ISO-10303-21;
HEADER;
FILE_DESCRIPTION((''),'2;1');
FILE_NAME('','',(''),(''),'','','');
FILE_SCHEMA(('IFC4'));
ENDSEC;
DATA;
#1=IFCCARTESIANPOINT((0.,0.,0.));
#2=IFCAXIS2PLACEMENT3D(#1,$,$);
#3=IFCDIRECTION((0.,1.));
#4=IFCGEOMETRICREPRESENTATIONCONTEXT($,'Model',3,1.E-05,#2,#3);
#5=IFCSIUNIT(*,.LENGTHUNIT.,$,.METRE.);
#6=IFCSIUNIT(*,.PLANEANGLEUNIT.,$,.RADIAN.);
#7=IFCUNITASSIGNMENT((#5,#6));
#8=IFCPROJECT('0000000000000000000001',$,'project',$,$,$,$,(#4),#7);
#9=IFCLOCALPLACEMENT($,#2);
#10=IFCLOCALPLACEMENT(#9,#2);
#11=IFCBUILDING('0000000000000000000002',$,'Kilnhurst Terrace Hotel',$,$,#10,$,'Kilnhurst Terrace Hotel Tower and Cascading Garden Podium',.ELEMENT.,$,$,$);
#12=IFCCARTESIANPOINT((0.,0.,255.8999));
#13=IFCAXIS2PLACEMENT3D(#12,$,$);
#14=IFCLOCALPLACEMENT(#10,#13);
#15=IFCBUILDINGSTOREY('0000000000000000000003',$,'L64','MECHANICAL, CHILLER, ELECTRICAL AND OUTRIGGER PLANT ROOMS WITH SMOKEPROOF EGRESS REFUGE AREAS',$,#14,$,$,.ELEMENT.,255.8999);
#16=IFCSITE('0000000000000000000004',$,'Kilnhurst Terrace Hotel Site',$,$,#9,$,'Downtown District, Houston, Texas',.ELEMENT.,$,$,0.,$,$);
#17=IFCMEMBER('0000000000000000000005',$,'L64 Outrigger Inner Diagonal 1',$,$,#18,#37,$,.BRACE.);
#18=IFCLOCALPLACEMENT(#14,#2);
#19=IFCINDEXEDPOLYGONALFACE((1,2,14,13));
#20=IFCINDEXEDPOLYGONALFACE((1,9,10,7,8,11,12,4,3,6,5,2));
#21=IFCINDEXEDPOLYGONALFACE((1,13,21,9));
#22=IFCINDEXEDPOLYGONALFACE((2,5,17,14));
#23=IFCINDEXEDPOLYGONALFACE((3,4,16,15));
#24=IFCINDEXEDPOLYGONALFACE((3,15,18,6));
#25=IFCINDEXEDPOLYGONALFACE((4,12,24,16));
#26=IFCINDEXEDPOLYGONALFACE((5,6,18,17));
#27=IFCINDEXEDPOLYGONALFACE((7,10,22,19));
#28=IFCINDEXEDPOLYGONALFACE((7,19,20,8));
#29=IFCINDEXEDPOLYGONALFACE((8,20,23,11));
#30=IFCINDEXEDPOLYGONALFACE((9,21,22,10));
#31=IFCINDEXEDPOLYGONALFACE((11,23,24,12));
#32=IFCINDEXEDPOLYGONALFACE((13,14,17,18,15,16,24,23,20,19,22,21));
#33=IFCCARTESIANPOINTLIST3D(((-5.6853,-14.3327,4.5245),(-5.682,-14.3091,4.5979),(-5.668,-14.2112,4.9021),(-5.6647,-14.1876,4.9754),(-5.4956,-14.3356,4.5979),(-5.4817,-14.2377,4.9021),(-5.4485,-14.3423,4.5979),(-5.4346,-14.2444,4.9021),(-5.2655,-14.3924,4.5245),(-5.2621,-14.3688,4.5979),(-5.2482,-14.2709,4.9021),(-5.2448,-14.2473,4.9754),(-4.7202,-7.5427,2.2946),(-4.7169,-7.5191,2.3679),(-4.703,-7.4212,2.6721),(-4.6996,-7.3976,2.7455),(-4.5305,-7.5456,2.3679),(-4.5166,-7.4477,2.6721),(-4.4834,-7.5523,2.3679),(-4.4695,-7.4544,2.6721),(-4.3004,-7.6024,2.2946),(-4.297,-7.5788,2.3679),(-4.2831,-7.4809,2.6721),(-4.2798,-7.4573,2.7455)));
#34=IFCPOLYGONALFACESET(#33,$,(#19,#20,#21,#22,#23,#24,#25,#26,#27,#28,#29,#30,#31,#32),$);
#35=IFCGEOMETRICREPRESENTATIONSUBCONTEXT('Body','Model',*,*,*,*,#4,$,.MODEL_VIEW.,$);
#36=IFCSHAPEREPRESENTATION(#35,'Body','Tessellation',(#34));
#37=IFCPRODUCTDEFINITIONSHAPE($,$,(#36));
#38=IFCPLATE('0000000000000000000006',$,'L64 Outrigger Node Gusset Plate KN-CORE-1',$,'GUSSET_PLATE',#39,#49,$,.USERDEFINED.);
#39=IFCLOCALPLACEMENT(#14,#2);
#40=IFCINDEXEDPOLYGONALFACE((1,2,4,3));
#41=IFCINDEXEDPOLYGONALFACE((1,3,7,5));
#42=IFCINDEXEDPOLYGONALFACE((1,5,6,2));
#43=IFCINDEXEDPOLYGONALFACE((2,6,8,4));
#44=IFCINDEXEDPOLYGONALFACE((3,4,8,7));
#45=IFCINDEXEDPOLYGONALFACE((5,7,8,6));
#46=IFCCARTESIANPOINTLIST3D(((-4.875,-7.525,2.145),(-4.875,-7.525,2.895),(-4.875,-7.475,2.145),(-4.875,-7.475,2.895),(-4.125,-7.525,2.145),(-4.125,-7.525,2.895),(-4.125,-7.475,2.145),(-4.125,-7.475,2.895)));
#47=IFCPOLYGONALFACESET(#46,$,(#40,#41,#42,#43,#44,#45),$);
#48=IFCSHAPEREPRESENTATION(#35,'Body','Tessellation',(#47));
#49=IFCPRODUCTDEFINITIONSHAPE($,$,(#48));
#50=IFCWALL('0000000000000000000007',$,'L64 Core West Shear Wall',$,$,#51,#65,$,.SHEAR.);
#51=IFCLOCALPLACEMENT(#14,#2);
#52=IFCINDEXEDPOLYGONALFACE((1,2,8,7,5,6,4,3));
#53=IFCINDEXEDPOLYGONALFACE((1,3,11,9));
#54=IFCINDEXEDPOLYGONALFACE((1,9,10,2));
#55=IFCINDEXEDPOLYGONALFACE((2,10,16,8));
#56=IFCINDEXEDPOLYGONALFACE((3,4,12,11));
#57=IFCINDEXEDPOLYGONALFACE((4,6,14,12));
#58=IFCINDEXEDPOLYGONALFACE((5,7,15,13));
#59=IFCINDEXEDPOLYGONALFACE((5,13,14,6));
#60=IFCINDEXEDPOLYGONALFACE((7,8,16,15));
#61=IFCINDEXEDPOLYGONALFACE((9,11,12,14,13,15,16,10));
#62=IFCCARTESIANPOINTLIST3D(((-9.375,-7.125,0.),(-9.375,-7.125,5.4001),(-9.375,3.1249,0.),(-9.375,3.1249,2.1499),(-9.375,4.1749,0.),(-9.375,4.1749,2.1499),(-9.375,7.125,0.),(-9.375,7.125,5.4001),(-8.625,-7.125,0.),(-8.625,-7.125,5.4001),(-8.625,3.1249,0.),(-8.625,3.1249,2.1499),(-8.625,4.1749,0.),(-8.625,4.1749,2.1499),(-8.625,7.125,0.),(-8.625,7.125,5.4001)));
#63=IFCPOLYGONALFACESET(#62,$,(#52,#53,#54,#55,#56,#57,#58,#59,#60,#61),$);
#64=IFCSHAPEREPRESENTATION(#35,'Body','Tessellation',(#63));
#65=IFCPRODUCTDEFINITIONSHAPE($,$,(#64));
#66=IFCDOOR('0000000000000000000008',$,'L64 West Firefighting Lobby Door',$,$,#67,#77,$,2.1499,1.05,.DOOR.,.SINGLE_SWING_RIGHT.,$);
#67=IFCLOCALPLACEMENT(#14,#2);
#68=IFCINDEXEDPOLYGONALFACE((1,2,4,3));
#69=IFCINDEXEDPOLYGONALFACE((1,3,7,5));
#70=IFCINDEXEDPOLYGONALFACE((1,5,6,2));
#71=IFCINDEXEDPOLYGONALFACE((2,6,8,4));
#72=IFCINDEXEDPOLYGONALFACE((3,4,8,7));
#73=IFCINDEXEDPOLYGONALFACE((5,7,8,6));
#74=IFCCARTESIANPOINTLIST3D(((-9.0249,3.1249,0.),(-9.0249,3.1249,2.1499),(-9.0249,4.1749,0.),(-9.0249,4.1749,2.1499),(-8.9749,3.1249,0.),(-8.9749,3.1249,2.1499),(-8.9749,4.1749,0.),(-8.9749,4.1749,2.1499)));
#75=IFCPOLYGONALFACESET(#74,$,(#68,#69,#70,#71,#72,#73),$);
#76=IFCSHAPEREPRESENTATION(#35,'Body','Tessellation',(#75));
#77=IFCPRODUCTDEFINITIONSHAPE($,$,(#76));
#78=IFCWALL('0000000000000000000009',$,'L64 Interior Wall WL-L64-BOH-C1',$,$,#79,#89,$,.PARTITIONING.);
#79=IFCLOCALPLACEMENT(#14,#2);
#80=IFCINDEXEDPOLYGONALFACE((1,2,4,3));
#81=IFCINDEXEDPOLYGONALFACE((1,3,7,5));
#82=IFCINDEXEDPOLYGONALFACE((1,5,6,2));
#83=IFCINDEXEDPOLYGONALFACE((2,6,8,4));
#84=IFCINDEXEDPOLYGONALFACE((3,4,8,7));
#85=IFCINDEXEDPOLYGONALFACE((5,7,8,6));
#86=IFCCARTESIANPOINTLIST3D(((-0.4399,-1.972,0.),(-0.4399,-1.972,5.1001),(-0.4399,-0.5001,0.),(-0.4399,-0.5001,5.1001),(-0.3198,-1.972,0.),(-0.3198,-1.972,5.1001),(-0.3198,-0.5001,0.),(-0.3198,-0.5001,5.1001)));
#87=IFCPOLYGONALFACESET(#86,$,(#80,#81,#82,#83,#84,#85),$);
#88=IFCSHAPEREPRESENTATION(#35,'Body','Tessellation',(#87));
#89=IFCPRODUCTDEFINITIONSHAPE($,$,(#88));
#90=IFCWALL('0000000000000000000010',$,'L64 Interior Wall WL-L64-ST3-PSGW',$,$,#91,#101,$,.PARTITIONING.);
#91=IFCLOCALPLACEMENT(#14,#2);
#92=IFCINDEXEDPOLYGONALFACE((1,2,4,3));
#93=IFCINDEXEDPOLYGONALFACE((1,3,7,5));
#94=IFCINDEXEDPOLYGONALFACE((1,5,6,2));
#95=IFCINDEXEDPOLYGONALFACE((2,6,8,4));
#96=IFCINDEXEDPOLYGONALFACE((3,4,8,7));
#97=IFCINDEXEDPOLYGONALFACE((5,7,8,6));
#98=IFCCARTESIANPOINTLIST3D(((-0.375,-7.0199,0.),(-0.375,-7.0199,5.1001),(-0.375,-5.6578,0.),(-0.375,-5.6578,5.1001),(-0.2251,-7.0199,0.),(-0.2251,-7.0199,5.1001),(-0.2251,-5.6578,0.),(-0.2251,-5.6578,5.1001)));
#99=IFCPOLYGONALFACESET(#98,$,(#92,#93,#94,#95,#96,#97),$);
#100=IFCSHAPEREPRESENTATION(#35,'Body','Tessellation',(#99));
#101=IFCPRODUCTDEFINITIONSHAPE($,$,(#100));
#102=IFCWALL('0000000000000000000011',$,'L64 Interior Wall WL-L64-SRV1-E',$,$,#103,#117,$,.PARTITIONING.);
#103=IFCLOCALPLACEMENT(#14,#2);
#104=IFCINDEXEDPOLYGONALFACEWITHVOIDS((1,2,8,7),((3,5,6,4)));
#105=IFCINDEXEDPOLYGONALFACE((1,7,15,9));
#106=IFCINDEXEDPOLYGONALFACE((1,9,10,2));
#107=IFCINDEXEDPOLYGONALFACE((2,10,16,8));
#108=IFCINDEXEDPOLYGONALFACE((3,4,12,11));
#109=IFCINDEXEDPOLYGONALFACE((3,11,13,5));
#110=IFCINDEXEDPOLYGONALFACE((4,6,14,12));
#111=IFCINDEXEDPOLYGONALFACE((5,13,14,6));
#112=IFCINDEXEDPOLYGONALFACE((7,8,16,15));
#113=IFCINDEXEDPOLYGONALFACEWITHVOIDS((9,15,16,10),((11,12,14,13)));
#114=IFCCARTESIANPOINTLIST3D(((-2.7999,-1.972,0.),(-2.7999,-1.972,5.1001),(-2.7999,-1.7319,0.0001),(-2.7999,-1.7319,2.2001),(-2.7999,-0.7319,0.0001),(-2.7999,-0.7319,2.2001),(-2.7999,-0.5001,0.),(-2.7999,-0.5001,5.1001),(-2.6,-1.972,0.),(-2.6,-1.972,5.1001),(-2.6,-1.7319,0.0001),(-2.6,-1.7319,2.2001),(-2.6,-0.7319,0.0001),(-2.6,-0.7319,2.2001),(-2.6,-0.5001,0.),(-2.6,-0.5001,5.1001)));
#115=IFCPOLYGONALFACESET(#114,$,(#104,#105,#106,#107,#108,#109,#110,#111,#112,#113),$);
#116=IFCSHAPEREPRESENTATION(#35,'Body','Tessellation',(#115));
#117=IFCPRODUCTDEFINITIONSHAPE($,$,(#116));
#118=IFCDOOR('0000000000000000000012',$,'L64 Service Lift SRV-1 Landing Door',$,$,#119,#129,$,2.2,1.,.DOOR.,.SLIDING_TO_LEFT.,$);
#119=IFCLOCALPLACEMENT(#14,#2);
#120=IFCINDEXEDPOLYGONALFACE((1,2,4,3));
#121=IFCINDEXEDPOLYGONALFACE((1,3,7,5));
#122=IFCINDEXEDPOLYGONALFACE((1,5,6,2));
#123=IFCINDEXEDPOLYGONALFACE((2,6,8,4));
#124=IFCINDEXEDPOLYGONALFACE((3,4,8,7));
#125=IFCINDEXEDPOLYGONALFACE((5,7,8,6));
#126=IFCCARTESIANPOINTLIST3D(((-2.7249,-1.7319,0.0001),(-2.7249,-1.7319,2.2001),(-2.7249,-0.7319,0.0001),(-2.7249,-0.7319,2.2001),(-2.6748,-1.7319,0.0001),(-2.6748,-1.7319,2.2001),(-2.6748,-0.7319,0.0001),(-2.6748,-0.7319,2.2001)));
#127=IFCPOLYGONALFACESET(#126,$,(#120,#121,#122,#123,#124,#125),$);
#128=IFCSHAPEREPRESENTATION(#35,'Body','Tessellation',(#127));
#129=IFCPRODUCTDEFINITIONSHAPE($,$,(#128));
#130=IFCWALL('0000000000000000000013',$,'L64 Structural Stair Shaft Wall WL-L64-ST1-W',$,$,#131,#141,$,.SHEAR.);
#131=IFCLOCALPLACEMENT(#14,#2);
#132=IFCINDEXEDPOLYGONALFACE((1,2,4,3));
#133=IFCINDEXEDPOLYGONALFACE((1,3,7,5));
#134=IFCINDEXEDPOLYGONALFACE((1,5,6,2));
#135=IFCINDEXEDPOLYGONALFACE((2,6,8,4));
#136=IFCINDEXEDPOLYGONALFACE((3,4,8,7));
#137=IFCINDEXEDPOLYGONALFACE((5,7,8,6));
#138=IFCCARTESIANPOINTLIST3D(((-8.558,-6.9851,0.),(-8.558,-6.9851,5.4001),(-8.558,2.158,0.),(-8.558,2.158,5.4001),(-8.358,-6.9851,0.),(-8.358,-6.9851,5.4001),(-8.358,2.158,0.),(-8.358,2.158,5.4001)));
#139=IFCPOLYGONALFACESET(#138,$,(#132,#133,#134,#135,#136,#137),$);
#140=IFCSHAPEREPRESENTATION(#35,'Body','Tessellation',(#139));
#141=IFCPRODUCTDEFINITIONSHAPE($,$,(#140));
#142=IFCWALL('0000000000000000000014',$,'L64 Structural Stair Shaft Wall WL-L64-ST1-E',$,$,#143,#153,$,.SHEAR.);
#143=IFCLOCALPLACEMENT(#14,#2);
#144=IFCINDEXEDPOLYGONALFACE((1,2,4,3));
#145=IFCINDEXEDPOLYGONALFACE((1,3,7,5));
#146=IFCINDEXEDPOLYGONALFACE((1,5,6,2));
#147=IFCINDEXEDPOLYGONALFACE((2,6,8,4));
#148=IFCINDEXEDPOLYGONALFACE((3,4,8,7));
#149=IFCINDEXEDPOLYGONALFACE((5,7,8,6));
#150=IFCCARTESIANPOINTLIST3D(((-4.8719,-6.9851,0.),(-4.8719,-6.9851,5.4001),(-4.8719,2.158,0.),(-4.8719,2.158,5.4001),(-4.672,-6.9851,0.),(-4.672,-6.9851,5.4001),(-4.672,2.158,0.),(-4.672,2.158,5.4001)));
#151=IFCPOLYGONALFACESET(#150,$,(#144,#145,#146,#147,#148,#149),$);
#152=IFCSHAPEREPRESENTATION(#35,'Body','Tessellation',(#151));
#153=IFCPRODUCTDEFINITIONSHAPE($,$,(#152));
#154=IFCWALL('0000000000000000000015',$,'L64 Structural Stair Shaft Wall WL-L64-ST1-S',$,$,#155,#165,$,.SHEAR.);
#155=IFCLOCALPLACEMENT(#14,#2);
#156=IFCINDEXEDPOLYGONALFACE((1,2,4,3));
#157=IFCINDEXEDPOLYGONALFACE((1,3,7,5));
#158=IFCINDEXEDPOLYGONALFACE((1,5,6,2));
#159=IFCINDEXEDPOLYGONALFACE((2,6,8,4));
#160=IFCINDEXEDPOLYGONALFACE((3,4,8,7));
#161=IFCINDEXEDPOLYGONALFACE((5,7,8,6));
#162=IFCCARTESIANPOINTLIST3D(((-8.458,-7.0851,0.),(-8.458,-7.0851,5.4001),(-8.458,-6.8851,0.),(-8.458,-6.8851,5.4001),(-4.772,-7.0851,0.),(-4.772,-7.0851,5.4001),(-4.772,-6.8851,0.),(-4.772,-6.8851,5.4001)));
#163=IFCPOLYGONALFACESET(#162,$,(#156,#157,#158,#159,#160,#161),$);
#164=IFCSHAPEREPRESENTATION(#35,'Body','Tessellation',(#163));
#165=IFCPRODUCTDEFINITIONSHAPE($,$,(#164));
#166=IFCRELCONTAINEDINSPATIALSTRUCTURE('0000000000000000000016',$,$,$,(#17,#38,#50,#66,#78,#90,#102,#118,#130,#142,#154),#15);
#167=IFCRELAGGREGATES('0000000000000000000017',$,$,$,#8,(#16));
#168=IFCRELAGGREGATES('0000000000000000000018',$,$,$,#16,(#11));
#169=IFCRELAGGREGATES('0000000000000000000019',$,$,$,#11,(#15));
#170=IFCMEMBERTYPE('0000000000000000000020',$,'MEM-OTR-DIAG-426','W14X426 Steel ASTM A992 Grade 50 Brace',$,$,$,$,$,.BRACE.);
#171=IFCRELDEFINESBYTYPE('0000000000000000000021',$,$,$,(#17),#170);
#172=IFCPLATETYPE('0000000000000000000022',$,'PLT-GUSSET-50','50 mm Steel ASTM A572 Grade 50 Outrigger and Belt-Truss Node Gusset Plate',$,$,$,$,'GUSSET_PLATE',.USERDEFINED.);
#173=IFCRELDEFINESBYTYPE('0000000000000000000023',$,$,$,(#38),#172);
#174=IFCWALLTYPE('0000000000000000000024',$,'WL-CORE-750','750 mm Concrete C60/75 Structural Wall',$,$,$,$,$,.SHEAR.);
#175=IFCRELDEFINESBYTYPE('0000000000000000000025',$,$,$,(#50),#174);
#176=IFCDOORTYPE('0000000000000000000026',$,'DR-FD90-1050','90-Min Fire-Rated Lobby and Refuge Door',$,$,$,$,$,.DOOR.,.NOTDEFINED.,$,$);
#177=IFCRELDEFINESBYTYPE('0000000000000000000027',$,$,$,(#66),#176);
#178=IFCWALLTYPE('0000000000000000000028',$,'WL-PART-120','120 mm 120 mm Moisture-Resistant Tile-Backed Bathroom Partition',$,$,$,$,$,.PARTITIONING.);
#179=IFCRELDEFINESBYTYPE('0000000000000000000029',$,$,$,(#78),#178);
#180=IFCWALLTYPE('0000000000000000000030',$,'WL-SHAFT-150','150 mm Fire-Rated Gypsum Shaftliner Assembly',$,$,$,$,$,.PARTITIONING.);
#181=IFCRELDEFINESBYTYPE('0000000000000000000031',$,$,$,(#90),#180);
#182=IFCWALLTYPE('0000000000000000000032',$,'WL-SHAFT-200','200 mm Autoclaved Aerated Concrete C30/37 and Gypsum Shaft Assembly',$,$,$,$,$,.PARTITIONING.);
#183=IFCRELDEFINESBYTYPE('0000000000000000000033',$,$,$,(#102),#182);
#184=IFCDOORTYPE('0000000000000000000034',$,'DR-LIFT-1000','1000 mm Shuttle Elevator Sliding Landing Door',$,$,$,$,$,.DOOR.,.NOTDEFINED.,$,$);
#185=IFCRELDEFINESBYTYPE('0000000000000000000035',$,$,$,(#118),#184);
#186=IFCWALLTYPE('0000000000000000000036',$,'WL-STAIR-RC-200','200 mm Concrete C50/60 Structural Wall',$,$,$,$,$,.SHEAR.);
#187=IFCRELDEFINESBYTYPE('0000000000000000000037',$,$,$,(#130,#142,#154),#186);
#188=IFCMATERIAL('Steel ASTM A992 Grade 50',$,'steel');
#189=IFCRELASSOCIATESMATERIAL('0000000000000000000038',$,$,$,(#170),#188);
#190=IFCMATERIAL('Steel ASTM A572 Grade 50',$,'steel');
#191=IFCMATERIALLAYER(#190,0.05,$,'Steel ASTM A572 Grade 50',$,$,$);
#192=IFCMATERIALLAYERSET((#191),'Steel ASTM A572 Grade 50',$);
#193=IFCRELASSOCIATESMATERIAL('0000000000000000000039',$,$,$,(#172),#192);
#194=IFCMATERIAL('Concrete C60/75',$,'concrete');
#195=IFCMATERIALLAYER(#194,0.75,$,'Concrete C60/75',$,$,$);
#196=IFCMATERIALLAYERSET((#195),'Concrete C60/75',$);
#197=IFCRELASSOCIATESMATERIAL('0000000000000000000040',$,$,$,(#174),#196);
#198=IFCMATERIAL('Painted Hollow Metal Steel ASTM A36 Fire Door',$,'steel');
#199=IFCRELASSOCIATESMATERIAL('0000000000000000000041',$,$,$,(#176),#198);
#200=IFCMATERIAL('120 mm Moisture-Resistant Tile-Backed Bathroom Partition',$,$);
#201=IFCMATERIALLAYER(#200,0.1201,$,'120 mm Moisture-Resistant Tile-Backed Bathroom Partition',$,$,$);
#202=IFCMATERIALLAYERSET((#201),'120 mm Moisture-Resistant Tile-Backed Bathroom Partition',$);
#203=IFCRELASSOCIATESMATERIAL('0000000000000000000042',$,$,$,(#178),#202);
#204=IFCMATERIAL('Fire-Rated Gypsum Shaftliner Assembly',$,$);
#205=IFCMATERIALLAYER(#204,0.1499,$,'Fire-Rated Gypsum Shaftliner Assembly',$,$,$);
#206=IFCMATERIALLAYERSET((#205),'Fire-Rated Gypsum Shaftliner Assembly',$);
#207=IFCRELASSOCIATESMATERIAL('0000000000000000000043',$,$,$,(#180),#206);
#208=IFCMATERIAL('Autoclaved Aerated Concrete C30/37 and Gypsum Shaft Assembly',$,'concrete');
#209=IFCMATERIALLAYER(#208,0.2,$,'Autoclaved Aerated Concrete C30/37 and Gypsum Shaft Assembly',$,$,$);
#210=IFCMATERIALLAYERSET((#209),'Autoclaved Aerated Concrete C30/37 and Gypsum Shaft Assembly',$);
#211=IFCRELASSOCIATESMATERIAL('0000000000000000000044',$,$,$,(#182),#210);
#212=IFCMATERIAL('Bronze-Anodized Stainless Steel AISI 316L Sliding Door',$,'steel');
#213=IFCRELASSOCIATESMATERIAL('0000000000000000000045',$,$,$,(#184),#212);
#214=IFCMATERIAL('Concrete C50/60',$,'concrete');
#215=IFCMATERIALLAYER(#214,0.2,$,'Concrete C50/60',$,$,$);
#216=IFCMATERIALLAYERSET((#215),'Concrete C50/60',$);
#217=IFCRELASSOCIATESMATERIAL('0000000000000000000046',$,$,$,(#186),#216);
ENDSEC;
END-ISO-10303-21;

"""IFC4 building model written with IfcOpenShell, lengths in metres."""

from ifc_helpers import new_model, si_unit, direction, frame, frame_2d, origin, origin_2d, place, context, subcontext, project, spatial, rectangle, i_section, extrude, material, layer, layer_set, material_profile, profile_set, type_object, element, fill, save


model = new_model("IFC4")

# Units and contexts
model_context = context("Model", 3, precision=1e-05, world=origin(), true_north=direction((0.0, 1.0)))
body_context = subcontext(model_context, "Body", "Model", "MODEL_VIEW")
ifc_project = project(units=[si_unit("LENGTHUNIT", "METRE"), si_unit("PLANEANGLEUNIT", "RADIAN")], contexts=[model_context])

# Site, building, storey
site_placement = place(None, origin())
site = spatial("IfcSite", under=ifc_project, at=site_placement, Name="Kilnhurst Terrace Hotel Site", LongName="Downtown District, Houston, Texas", CompositionType="ELEMENT", RefElevation=0.0)
building_placement = place(site_placement, origin())
building = spatial("IfcBuilding", under=site, at=building_placement, Name="Kilnhurst Terrace Hotel", LongName="Kilnhurst Terrace Hotel Tower and Cascading Garden Podium", CompositionType="ELEMENT")
storey_placement = place(building_placement, frame((0.0, 0.0, 255.8999)))
storey = spatial("IfcBuildingStorey", under=building, at=storey_placement, Name="L64", Description="MECHANICAL, CHILLER, ELECTRICAL AND OUTRIGGER PLANT ROOMS WITH SMOKEPROOF EGRESS REFUGE AREAS", CompositionType="ELEMENT", Elevation=255.8999)

# Member
ifc_material_1 = material(Name="Steel ASTM A992 Grade 50", Category="steel")
ifc_material_profile = material_profile(ifc_material_1, i_section(OverallWidth=0.4241, OverallDepth=0.4741, WebThickness=0.0476, FlangeThickness=0.0771, at=origin_2d()), Name="W14X426")
ifc_profile_set = profile_set([ifc_material_profile], Name="Steel ASTM A992 Grade 50")
member_type = type_object("IfcMemberType", Name="MEM-OTR-DIAG-426", Description="W14X426 Steel ASTM A992 Grade 50 Brace", PredefinedType="BRACE", material=ifc_profile_set)
member_placement = place(storey_placement, frame((-4.5, -7.5, 2.52), z_axis=(-0.133822, -0.941529, 0.309216), x_axis=(0.99005, -0.140719, 0.0)))
element("IfcMember", 1, at=member_placement, inside=storey, type_object=member_type, Name="L64 Outrigger Inner Diagonal 1", PredefinedType="BRACE", context=body_context, shape_type="SweptSolid", body=[
    extrude(i_section(OverallWidth=0.4241, OverallDepth=0.4741, WebThickness=0.0476, FlangeThickness=0.0771, at=origin_2d()), origin(), (0.0, 0.0, 1.0), 7.2117),
])

# Plate
ifc_material_2 = material(Name="Steel ASTM A572 Grade 50", Category="steel")
ifc_layer_1 = layer(ifc_material_2, 0.05, Name="Steel ASTM A572 Grade 50")
ifc_layer_set_1 = layer_set([ifc_layer_1], Name="Steel ASTM A572 Grade 50")
plate_type = type_object("IfcPlateType", Name="PLT-GUSSET-50", Description="50 mm Steel ASTM A572 Grade 50 Outrigger and Belt-Truss Node Gusset Plate", ElementType="GUSSET_PLATE", PredefinedType="USERDEFINED", material=ifc_layer_set_1)
plate_placement = place(storey_placement, frame((-4.5, -7.5, 2.145), z_axis=(0.0, 0.0, 1.0), x_axis=(1.0, 0.0, 0.0)))
element("IfcPlate", 2, at=plate_placement, inside=storey, type_object=plate_type, Name="L64 Outrigger Node Gusset Plate KN-CORE-1", ObjectType="GUSSET_PLATE", PredefinedType="USERDEFINED", context=body_context, shape_type="SweptSolid", body=[
    extrude(rectangle(XDim=0.75, YDim=0.05, at=origin_2d()), origin(), (0.0, 0.0, 1.0), 0.75),
])

# Wall, opening, door
ifc_material_3 = material(Name="Concrete C60/75", Category="concrete")
ifc_layer_2 = layer(ifc_material_3, 0.75, Name="Concrete C60/75")
ifc_layer_set_2 = layer_set([ifc_layer_2], Name="Concrete C60/75")
wall_type_1 = type_object("IfcWallType", Name="WL-CORE-750", Description="750 mm Concrete C60/75 Structural Wall", PredefinedType="SHEAR", material=ifc_layer_set_2)
wall_1_placement = place(storey_placement, frame((-9.0, -7.125, 0.0), z_axis=(0.0, 0.0, 1.0), x_axis=(0.0, 1.0, 0.0)))
wall_1 = element("IfcWall", 3, at=wall_1_placement, inside=storey, type_object=wall_type_1, Name="L64 Core West Shear Wall", PredefinedType="SHEAR", context=body_context, shape_type="SweptSolid", body=[
    extrude(rectangle(XDim=14.25, YDim=0.75, at=frame_2d((7.125, 0.0))), origin(), (0.0, 0.0, 1.0), 5.4001),
])
opening_1_placement = place(wall_1_placement, frame((10.25, 0.0, 0.0)))
opening_1 = element("IfcOpeningElement", 4, at=opening_1_placement, cuts=wall_1, PredefinedType="OPENING", context=body_context, shape_type="SweptSolid", body=[
    extrude(rectangle(XDim=1.05, YDim=2.1499, at=frame_2d((0.5249, 1.075))), frame((0.0, 0.385, 0.0), z_axis=(0.0, -1.0, 0.0), x_axis=(1.0, 0.0, 0.0)), (0.0, 0.0, 1.0), 0.77),
])
ifc_material_4 = material(Name="Painted Hollow Metal Steel ASTM A36 Fire Door", Category="steel")
door_type_1 = type_object("IfcDoorType", Name="DR-FD90-1050", Description="90-Min Fire-Rated Lobby and Refuge Door", OperationType="NOTDEFINED", PredefinedType="DOOR", material=ifc_material_4)
door_1_placement = place(opening_1_placement, origin())
door_1 = element("IfcDoor", 5, at=door_1_placement, inside=storey, type_object=door_type_1, Name="L64 West Firefighting Lobby Door", OperationType="SINGLE_SWING_RIGHT", OverallHeight=2.1499, OverallWidth=1.05, PredefinedType="DOOR", context=body_context, shape_type="SweptSolid", body=[
    extrude(rectangle(XDim=1.05, YDim=2.1499, at=frame_2d((0.5249, 1.075))), frame((0.0, 0.0249, 0.0), z_axis=(0.0, -1.0, 0.0), x_axis=(1.0, 0.0, 0.0)), (0.0, 0.0, 1.0), 0.05),
])
fill(opening_1, door_1)

# Walls
ifc_material_5 = material(Name="120 mm Moisture-Resistant Tile-Backed Bathroom Partition")
ifc_layer_3 = layer(ifc_material_5, 0.1201, Name="120 mm Moisture-Resistant Tile-Backed Bathroom Partition")
ifc_layer_set_3 = layer_set([ifc_layer_3], Name="120 mm Moisture-Resistant Tile-Backed Bathroom Partition")
wall_type_2 = type_object("IfcWallType", Name="WL-PART-120", Description="120 mm 120 mm Moisture-Resistant Tile-Backed Bathroom Partition", PredefinedType="PARTITIONING", material=ifc_layer_set_3)
wall_2_placement = place(storey_placement, frame((-0.3799, -1.9719, 0.0), z_axis=(0.0, 0.0, 1.0), x_axis=(0.0, 1.0, 0.0)))
element("IfcWall", 6, at=wall_2_placement, inside=storey, type_object=wall_type_2, Name="L64 Interior Wall WL-L64-BOH-C1", PredefinedType="PARTITIONING", context=body_context, shape_type="SweptSolid", body=[
    extrude(rectangle(XDim=1.4719, YDim=0.1201, at=frame_2d((0.7358, 0.0))), origin(), (0.0, 0.0, 1.0), 5.1001),
])
ifc_material_6 = material(Name="Fire-Rated Gypsum Shaftliner Assembly")
ifc_layer_4 = layer(ifc_material_6, 0.1499, Name="Fire-Rated Gypsum Shaftliner Assembly")
ifc_layer_set_4 = layer_set([ifc_layer_4], Name="Fire-Rated Gypsum Shaftliner Assembly")
wall_type_3 = type_object("IfcWallType", Name="WL-SHAFT-150", Description="150 mm Fire-Rated Gypsum Shaftliner Assembly", PredefinedType="PARTITIONING", material=ifc_layer_set_4)
wall_3_placement = place(storey_placement, frame((-0.3, -7.02, 0.0), z_axis=(0.0, 0.0, 1.0), x_axis=(0.0, 1.0, 0.0)))
element("IfcWall", 7, at=wall_3_placement, inside=storey, type_object=wall_type_3, Name="L64 Interior Wall WL-L64-ST3-PSGW", PredefinedType="PARTITIONING", context=body_context, shape_type="SweptSolid", body=[
    extrude(rectangle(XDim=1.3621, YDim=0.1499, at=frame_2d((0.6812, 0.0))), origin(), (0.0, 0.0, 1.0), 5.1001),
])

# Wall, opening, door
ifc_material_7 = material(Name="Autoclaved Aerated Concrete C30/37 and Gypsum Shaft Assembly", Category="concrete")
ifc_layer_5 = layer(ifc_material_7, 0.2, Name="Autoclaved Aerated Concrete C30/37 and Gypsum Shaft Assembly")
ifc_layer_set_5 = layer_set([ifc_layer_5], Name="Autoclaved Aerated Concrete C30/37 and Gypsum Shaft Assembly")
wall_type_4 = type_object("IfcWallType", Name="WL-SHAFT-200", Description="200 mm Autoclaved Aerated Concrete C30/37 and Gypsum Shaft Assembly", PredefinedType="PARTITIONING", material=ifc_layer_set_5)
wall_4_placement = place(storey_placement, frame((-2.7, -1.9719, 0.0), z_axis=(0.0, 0.0, 1.0), x_axis=(0.0, 1.0, 0.0)))
wall_4 = element("IfcWall", 8, at=wall_4_placement, inside=storey, type_object=wall_type_4, Name="L64 Interior Wall WL-L64-SRV1-E", PredefinedType="PARTITIONING", context=body_context, shape_type="SweptSolid", body=[
    extrude(rectangle(XDim=1.4719, YDim=0.2, at=frame_2d((0.7358, 0.0))), origin(), (0.0, 0.0, 1.0), 5.1001),
])
opening_2_placement = place(wall_4_placement, frame((0.24, 0.0, 0.0)))
opening_2 = element("IfcOpeningElement", 9, at=opening_2_placement, cuts=wall_4, PredefinedType="OPENING", context=body_context, shape_type="SweptSolid", body=[
    extrude(rectangle(XDim=1.0, YDim=2.2, at=frame_2d((0.5, 1.1001))), frame((0.0, 0.1099, 0.0), z_axis=(0.0, -1.0, 0.0), x_axis=(1.0, 0.0, 0.0)), (0.0, 0.0, 1.0), 0.22),
])
ifc_material_8 = material(Name="Bronze-Anodized Stainless Steel AISI 316L Sliding Door", Category="steel")
door_type_2 = type_object("IfcDoorType", Name="DR-LIFT-1000", Description="1000 mm Shuttle Elevator Sliding Landing Door", OperationType="NOTDEFINED", PredefinedType="DOOR", material=ifc_material_8)
door_2_placement = place(opening_2_placement, origin())
door_2 = element("IfcDoor", 10, at=door_2_placement, inside=storey, type_object=door_type_2, Name="L64 Service Lift SRV-1 Landing Door", OperationType="SLIDING_TO_LEFT", OverallHeight=2.2, OverallWidth=1.0, PredefinedType="DOOR", context=body_context, shape_type="SweptSolid", body=[
    extrude(rectangle(XDim=1.0, YDim=2.2, at=frame_2d((0.5, 1.1001))), frame((0.0, 0.0249, 0.0), z_axis=(0.0, -1.0, 0.0), x_axis=(1.0, 0.0, 0.0)), (0.0, 0.0, 1.0), 0.05),
])
fill(opening_2, door_2)

# Walls
ifc_material_9 = material(Name="Concrete C50/60", Category="concrete")
ifc_layer_6 = layer(ifc_material_9, 0.2, Name="Concrete C50/60")
ifc_layer_set_6 = layer_set([ifc_layer_6], Name="Concrete C50/60")
wall_type_5 = type_object("IfcWallType", Name="WL-STAIR-RC-200", Description="200 mm Concrete C50/60 Structural Wall", PredefinedType="SHEAR", material=ifc_layer_set_6)
for number, where, z_axis, x_axis, name in (
    (11, (-8.458, -6.9851, 0.0), (0.0, 0.0, 1.0), (0.0, 1.0, 0.0), "L64 Structural Stair Shaft Wall WL-L64-ST1-W"),
    (12, (-4.772, -6.9851, 0.0), (0.0, 0.0, 1.0), (0.0, 1.0, 0.0), "L64 Structural Stair Shaft Wall WL-L64-ST1-E"),
):
    element("IfcWall", number, at=place(storey_placement, frame(where, z_axis=z_axis, x_axis=x_axis)), inside=storey, type_object=wall_type_5, Name=name, PredefinedType="SHEAR", context=body_context, shape_type="SweptSolid", body=[
        extrude(rectangle(XDim=9.1431, YDim=0.2, at=frame_2d((4.5715, 0.0))), origin(), (0.0, 0.0, 1.0), 5.4001),
    ])
for number, where, z_axis, x_axis, name in (
    (13, (-8.458, -6.9851, 0.0), (0.0, 0.0, 1.0), (1.0, 0.0, 0.0), "L64 Structural Stair Shaft Wall WL-L64-ST1-S"),
):
    element("IfcWall", number, at=place(storey_placement, frame(where, z_axis=z_axis, x_axis=x_axis)), inside=storey, type_object=wall_type_5, Name=name, PredefinedType="SHEAR", context=body_context, shape_type="SweptSolid", body=[
        extrude(rectangle(XDim=3.686, YDim=0.2, at=frame_2d((1.843, 0.0))), origin(), (0.0, 0.0, 1.0), 5.4001),
    ])

save(model, "model.ifc")
